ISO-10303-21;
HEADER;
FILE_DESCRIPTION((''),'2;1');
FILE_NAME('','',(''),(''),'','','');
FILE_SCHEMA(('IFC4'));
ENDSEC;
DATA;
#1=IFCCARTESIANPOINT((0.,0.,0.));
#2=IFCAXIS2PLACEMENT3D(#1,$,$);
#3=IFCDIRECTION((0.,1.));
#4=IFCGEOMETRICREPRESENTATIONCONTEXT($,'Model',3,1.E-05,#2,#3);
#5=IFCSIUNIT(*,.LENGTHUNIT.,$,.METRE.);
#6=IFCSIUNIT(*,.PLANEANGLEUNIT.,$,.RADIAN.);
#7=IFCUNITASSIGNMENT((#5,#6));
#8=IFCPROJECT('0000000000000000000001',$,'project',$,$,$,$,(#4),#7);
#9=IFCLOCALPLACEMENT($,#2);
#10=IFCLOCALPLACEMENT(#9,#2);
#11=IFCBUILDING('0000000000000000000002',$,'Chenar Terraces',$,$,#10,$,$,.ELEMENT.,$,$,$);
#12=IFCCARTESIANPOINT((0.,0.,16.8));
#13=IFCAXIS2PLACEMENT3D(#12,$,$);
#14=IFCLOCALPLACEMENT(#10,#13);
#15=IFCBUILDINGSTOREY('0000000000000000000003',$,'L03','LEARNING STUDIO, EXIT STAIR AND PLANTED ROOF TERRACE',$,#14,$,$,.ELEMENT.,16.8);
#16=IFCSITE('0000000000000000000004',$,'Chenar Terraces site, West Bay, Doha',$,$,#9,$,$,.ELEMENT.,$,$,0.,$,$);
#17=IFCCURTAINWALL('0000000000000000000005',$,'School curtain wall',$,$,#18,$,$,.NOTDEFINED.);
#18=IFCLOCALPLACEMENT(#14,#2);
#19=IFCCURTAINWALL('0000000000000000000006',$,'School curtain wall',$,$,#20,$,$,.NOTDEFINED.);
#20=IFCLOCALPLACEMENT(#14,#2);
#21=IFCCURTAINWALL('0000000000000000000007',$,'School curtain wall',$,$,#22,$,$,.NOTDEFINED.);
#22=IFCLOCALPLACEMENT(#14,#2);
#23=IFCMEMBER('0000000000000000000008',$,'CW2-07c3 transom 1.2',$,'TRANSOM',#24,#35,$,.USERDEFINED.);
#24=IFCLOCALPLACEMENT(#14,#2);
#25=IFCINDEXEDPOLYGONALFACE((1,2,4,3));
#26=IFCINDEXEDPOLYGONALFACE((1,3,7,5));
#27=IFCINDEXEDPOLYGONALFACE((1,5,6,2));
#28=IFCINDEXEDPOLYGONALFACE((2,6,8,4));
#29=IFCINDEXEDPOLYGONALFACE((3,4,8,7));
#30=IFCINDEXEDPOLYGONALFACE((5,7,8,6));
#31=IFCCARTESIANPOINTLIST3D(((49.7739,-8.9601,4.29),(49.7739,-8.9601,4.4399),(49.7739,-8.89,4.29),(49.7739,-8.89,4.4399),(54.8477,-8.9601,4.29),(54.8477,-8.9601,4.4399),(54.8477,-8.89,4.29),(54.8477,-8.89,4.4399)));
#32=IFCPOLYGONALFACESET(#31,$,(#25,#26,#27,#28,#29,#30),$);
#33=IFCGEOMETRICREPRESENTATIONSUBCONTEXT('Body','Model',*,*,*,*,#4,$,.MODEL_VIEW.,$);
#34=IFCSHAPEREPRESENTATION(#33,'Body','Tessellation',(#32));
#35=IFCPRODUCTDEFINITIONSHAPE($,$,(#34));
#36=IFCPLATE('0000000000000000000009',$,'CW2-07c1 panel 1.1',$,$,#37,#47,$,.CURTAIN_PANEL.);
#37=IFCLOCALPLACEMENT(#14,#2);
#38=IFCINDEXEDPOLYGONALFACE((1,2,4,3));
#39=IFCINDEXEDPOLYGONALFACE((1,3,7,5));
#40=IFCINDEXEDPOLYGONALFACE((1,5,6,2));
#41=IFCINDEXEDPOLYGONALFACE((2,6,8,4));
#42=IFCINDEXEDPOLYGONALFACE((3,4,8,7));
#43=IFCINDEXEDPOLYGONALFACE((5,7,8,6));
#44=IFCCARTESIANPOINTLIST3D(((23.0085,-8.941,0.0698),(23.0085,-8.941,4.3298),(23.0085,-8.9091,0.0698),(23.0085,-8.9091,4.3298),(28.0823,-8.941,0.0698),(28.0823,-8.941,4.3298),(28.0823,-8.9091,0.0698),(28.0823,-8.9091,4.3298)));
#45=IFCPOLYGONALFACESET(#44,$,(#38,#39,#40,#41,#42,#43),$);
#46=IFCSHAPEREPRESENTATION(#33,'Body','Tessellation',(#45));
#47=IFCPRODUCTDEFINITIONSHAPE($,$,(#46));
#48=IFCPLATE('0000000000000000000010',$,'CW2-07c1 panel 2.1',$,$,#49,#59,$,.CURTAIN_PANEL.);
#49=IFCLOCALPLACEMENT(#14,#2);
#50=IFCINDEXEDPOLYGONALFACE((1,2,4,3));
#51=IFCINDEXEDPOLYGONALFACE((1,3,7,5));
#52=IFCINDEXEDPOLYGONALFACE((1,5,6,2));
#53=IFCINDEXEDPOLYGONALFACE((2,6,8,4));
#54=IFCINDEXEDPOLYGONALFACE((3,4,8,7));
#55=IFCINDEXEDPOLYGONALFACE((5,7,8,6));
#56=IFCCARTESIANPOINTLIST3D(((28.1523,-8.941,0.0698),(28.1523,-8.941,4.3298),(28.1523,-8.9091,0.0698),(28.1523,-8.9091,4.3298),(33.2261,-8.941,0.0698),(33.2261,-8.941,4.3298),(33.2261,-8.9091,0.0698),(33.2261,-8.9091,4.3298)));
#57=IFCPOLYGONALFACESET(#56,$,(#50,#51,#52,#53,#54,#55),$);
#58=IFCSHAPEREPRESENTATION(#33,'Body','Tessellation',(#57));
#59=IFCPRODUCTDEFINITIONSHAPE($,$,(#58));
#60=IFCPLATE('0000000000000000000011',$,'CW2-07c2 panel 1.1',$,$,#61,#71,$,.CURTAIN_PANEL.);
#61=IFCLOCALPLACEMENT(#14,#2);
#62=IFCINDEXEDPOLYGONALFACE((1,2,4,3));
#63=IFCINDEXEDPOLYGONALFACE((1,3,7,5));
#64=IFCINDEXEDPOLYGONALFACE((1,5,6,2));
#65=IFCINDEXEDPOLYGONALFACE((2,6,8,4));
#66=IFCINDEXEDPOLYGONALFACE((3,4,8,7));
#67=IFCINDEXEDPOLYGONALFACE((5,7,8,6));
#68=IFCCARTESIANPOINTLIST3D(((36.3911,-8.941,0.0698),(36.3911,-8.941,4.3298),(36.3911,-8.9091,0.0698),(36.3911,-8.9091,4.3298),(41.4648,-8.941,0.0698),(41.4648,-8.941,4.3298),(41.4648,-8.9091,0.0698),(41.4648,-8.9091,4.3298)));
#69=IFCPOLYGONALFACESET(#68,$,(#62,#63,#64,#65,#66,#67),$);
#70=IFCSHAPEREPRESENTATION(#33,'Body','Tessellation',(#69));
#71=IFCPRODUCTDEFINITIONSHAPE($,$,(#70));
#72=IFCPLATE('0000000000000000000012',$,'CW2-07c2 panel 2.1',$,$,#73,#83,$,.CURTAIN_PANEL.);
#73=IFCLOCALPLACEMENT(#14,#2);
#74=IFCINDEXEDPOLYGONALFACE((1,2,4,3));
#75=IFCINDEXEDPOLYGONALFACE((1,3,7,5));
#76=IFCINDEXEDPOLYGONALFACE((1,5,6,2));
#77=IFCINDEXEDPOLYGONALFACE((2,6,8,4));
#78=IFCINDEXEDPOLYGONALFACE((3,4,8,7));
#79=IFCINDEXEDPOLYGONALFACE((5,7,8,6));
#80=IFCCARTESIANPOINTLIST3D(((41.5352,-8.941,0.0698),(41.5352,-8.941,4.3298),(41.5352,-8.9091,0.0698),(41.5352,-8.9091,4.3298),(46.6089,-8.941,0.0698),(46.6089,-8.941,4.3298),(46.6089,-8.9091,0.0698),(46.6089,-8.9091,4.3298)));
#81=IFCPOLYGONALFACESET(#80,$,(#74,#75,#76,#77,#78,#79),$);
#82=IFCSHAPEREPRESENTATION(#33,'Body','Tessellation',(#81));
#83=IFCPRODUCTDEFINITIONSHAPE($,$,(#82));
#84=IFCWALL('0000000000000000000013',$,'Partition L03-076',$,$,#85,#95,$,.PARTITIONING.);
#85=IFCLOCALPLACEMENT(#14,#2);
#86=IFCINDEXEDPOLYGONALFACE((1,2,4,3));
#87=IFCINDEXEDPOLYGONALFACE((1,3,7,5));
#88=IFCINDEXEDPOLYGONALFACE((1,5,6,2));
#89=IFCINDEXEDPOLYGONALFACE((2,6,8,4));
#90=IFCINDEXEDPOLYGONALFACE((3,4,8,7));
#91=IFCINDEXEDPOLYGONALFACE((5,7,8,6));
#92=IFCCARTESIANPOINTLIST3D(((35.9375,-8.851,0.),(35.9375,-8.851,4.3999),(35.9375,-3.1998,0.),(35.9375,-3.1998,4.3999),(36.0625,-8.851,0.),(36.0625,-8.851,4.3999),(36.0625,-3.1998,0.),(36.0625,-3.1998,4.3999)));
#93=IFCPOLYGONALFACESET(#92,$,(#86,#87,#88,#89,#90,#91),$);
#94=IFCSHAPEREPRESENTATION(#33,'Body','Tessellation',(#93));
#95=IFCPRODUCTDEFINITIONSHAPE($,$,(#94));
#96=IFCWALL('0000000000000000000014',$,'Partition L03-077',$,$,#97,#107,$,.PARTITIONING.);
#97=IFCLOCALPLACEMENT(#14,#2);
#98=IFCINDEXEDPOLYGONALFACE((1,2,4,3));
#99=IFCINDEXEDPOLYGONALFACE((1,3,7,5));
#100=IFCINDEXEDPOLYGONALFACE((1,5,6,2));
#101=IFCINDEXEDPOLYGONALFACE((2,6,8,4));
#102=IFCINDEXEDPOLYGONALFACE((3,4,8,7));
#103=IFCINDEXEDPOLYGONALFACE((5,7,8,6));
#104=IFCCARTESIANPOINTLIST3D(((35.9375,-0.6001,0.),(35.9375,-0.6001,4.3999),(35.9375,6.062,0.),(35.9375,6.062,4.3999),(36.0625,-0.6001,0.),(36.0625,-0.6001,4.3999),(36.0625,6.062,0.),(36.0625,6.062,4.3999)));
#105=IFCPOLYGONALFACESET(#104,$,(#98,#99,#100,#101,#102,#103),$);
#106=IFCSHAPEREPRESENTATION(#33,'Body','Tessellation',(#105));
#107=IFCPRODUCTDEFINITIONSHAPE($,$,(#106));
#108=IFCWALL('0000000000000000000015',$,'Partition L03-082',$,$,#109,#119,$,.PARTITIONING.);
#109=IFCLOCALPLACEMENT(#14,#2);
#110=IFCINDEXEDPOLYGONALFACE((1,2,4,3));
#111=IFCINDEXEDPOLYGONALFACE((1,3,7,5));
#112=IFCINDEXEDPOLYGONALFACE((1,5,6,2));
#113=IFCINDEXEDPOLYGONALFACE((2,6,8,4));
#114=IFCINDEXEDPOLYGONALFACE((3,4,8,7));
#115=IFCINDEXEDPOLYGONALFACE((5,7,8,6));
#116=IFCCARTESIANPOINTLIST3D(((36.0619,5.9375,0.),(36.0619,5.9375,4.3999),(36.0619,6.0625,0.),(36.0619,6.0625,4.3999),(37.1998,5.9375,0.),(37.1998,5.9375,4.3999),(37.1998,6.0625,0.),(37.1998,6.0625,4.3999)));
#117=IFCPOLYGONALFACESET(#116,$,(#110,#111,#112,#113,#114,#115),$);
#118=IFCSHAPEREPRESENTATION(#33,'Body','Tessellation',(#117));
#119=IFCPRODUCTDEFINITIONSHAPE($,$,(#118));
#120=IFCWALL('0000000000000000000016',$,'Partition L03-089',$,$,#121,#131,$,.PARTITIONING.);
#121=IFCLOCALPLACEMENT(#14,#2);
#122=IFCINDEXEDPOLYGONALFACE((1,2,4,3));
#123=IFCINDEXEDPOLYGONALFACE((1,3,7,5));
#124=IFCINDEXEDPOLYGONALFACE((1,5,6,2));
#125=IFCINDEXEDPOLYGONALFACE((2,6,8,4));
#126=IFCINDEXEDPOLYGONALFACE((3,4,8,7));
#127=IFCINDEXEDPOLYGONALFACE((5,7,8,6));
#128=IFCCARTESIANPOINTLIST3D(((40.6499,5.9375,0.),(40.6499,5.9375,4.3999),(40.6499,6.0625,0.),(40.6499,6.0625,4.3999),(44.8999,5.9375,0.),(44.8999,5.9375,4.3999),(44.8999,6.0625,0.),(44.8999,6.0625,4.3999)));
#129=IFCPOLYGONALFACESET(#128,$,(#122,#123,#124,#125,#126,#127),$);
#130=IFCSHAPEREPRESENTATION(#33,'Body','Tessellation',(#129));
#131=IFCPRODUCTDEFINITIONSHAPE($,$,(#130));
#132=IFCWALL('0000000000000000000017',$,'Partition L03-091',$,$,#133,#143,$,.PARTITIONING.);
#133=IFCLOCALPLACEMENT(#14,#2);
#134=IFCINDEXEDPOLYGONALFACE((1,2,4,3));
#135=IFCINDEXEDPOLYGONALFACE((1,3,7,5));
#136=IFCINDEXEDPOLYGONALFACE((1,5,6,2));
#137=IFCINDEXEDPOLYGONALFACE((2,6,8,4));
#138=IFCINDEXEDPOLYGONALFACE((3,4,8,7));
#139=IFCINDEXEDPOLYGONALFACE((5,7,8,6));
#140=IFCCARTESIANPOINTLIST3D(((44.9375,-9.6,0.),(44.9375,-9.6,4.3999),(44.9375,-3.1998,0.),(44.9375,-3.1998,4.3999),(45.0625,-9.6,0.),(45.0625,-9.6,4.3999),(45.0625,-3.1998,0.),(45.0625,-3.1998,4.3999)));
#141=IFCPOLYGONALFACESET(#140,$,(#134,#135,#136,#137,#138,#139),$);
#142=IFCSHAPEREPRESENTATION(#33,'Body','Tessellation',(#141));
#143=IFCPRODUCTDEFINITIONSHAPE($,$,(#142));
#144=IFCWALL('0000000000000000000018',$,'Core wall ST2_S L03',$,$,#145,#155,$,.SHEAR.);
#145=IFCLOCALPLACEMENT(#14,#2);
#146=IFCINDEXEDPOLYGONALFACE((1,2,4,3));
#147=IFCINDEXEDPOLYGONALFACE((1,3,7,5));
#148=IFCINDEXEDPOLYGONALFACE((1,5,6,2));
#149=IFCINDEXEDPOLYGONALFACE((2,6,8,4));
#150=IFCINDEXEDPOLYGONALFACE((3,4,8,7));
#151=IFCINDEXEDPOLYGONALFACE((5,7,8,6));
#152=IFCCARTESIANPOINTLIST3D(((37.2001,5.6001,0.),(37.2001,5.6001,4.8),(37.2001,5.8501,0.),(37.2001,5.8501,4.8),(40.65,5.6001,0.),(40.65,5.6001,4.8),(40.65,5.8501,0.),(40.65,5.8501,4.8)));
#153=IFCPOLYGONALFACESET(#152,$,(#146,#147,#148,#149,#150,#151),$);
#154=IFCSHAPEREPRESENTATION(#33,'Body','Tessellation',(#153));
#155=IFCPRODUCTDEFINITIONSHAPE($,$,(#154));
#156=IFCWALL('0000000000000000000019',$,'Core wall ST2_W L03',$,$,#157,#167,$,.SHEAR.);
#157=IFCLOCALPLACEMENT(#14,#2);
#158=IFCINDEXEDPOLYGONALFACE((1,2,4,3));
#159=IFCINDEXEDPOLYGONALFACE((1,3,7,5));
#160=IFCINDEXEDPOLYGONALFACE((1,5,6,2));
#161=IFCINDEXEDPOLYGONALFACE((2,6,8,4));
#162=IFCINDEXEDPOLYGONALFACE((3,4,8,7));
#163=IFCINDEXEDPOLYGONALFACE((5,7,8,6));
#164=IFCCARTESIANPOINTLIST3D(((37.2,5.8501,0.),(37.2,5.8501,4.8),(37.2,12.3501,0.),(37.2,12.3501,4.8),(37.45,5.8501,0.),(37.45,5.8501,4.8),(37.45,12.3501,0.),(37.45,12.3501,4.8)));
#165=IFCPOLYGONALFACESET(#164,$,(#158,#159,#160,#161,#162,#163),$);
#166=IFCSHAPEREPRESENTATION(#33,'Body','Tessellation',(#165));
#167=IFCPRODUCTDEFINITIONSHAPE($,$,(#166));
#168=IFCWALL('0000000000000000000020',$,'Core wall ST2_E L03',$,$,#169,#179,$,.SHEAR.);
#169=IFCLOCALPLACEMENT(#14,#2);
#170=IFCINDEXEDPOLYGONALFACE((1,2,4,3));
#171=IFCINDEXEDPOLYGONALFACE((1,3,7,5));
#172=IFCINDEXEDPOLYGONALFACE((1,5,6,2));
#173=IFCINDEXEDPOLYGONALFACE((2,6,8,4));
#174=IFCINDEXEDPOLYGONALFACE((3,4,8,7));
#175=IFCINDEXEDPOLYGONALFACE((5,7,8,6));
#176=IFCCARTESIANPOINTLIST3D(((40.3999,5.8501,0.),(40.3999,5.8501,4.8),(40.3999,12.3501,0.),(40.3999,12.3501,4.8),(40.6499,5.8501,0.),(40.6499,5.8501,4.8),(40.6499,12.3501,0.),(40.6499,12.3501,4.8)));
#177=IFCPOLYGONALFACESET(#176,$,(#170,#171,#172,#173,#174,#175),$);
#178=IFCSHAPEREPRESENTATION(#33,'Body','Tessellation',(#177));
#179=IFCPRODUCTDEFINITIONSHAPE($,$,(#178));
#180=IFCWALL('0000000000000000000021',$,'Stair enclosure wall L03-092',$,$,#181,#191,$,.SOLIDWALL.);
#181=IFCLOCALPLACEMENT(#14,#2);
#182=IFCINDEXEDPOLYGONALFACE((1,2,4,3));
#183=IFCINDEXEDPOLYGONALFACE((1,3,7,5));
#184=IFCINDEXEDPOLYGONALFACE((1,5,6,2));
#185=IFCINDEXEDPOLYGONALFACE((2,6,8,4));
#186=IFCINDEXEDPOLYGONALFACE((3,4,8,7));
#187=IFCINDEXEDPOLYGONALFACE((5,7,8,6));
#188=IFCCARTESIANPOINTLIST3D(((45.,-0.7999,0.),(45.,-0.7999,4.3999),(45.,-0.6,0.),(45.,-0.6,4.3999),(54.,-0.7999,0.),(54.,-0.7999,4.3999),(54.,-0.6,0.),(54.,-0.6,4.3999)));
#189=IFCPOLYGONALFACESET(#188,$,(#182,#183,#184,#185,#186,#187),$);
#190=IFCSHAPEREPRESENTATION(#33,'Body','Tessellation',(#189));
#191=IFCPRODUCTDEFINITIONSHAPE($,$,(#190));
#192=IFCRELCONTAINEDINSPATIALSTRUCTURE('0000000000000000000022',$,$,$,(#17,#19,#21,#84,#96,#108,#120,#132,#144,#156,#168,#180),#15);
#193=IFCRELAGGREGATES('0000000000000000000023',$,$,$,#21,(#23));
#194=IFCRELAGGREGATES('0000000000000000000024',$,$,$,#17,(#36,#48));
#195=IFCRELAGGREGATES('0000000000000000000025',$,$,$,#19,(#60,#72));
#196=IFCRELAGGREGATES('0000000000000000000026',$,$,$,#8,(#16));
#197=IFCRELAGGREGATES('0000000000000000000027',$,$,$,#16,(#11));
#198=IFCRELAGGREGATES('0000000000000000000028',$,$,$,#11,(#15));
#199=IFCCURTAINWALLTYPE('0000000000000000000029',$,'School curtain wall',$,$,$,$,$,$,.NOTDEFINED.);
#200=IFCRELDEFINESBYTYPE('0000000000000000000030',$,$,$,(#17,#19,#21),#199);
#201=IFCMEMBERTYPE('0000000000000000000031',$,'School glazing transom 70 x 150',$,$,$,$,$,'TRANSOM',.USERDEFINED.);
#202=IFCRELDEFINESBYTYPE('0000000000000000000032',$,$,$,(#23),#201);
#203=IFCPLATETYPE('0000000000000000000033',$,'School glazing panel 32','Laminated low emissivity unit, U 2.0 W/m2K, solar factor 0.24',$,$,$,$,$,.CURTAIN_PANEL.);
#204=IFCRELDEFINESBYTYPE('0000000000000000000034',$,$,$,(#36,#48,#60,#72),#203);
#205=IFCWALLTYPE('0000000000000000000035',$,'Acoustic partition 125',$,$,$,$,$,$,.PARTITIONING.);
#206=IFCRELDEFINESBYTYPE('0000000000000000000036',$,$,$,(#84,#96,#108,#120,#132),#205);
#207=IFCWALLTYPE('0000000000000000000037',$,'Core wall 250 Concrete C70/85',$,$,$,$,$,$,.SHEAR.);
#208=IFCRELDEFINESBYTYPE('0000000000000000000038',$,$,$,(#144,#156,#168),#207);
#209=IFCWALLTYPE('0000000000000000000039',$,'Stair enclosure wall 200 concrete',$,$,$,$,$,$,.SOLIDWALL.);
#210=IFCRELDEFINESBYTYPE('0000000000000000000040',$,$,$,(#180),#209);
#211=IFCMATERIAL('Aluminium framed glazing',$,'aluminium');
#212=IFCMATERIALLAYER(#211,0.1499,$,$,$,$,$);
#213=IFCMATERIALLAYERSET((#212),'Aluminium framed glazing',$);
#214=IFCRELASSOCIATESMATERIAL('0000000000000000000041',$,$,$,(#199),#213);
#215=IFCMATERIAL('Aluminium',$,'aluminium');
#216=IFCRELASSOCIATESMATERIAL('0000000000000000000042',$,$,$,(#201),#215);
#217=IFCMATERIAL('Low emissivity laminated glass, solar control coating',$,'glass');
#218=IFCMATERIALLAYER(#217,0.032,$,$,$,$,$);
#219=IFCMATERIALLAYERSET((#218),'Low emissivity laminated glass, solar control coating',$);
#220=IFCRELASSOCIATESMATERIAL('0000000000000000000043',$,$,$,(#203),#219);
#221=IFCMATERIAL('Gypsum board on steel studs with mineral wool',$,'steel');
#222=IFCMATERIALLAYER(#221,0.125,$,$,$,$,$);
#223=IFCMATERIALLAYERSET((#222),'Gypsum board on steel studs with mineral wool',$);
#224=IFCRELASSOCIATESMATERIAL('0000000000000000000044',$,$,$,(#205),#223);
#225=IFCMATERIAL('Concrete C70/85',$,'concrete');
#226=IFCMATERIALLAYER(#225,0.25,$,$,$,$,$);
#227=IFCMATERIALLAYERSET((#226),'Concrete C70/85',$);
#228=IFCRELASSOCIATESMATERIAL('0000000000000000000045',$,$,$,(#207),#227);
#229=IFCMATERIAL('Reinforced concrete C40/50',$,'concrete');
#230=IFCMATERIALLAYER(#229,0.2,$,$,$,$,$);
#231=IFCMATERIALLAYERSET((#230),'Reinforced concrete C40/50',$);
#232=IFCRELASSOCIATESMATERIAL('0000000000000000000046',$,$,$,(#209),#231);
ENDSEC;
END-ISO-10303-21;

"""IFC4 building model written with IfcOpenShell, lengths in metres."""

from ifc_helpers import new_model, si_unit, direction, frame, frame_2d, origin, origin_2d, place, context, subcontext, project, spatial, rectangle, extrude, material, layer, layer_set, material_profile, profile_set, type_object, element, aggregate, save


model = new_model("IFC4")

# Units and contexts
model_context = context("Model", 3, precision=1e-05, world=origin(), true_north=direction((0.0, 1.0)))
body_context = subcontext(model_context, "Body", "Model", "MODEL_VIEW")
ifc_project = project(units=[si_unit("LENGTHUNIT", "METRE"), si_unit("PLANEANGLEUNIT", "RADIAN")], contexts=[model_context])

# Site, building, storey
site_placement = place(None, origin())
site = spatial("IfcSite", under=ifc_project, at=site_placement, Name="Chenar Terraces site, West Bay, Doha", CompositionType="ELEMENT", RefElevation=0.0)
building_placement = place(site_placement, origin())
building = spatial("IfcBuilding", under=site, at=building_placement, Name="Chenar Terraces", CompositionType="ELEMENT")
storey_placement = place(building_placement, frame((0.0, 0.0, 16.8)))
storey = spatial("IfcBuildingStorey", under=building, at=storey_placement, Name="L03", Description="LEARNING STUDIO, EXIT STAIR AND PLANTED ROOF TERRACE", CompositionType="ELEMENT", Elevation=16.8)

# Curtain walls
ifc_material_1 = material(Name="Aluminium framed glazing", Category="aluminium")
ifc_layer_1 = layer(ifc_material_1, 0.1499)
ifc_layer_set_1 = layer_set([ifc_layer_1], Name="Aluminium framed glazing")
curtain_wall_type = type_object("IfcCurtainWallType", Name="School curtain wall", PredefinedType="NOTDEFINED", material=ifc_layer_set_1)
placement = place(storey_placement, origin())
curtain_wall_1 = element("IfcCurtainWall", 1, at=placement, inside=storey, type_object=curtain_wall_type, Name="School curtain wall", PredefinedType="NOTDEFINED")
curtain_wall_2 = element("IfcCurtainWall", 2, at=placement, inside=storey, type_object=curtain_wall_type, Name="School curtain wall", PredefinedType="NOTDEFINED")

# Curtain wall
curtain_wall_3 = element("IfcCurtainWall", 3, at=placement, inside=storey, type_object=curtain_wall_type, Name="School curtain wall", PredefinedType="NOTDEFINED")

# Member
ifc_material_2 = material(Name="Aluminium", Category="aluminium")
ifc_material_profile_1 = material_profile(ifc_material_2, rectangle(XDim=0.0701, YDim=0.1499, at=origin_2d()), Name="School glazing transom 70 x 150")
ifc_profile_set_1 = profile_set([ifc_material_profile_1], Name="Aluminium")
member_type_1 = type_object("IfcMemberType", Name="School glazing transom 70 x 150", ElementType="TRANSOM", PredefinedType="USERDEFINED", material=ifc_profile_set_1)
member_1_placement = place(storey_placement, frame((49.7739, -8.925, 4.365), z_axis=(1.0, 0.0, 0.0), x_axis=(0.0, 1.0, 0.0)))
member_1 = element("IfcMember", 4, at=member_1_placement, type_object=member_type_1, Name="CW2-07c3 transom 1.2", ObjectType="TRANSOM", PredefinedType="USERDEFINED", context=body_context, shape_type="SweptSolid", body=[
    extrude(rectangle(XDim=0.0701, YDim=0.1499, at=origin_2d()), origin(), (0.0, 0.0, 1.0), 5.0737),
])
aggregate(curtain_wall_3, [member_1])

# Plates
ifc_material_3 = material(Name="Low emissivity laminated glass, solar control coating", Category="glass")
ifc_layer_2 = layer(ifc_material_3, 0.032)
ifc_layer_set_2 = layer_set([ifc_layer_2], Name="Low emissivity laminated glass, solar control coating")
plate_type = type_object("IfcPlateType", Name="School glazing panel 32", Description="Laminated low emissivity unit, U 2.0 W/m2K, solar factor 0.24", PredefinedType="CURTAIN_PANEL", material=ifc_layer_set_2)
plate_1_placement = place(storey_placement, frame((25.5454, -8.925, 0.0698), z_axis=(0.0, 0.0, 1.0), x_axis=(1.0, 0.0, 0.0)))
plate_1 = element("IfcPlate", 5, at=plate_1_placement, type_object=plate_type, Name="CW2-07c1 panel 1.1", PredefinedType="CURTAIN_PANEL", context=body_context, shape_type="SweptSolid", body=[
    extrude(rectangle(XDim=5.0737, YDim=0.032, at=origin_2d()), origin(), (0.0, 0.0, 1.0), 4.26),
])
plate_2_placement = place(storey_placement, frame((30.6892, -8.925, 0.0698), z_axis=(0.0, 0.0, 1.0), x_axis=(1.0, 0.0, 0.0)))
plate_2 = element("IfcPlate", 6, at=plate_2_placement, type_object=plate_type, Name="CW2-07c1 panel 2.1", PredefinedType="CURTAIN_PANEL", context=body_context, shape_type="SweptSolid", body=[
    extrude(rectangle(XDim=5.0737, YDim=0.032, at=origin_2d()), origin(), (0.0, 0.0, 1.0), 4.26),
])
aggregate(curtain_wall_1, [plate_1, plate_2])
plate_3_placement = place(storey_placement, frame((38.928, -8.925, 0.0698), z_axis=(0.0, 0.0, 1.0), x_axis=(1.0, 0.0, 0.0)))
plate_3 = element("IfcPlate", 7, at=plate_3_placement, type_object=plate_type, Name="CW2-07c2 panel 1.1", PredefinedType="CURTAIN_PANEL", context=body_context, shape_type="SweptSolid", body=[
    extrude(rectangle(XDim=5.0737, YDim=0.032, at=origin_2d()), origin(), (0.0, 0.0, 1.0), 4.26),
])
plate_4_placement = place(storey_placement, frame((44.072, -8.925, 0.0698), z_axis=(0.0, 0.0, 1.0), x_axis=(1.0, 0.0, 0.0)))
plate_4 = element("IfcPlate", 8, at=plate_4_placement, type_object=plate_type, Name="CW2-07c2 panel 2.1", PredefinedType="CURTAIN_PANEL", context=body_context, shape_type="SweptSolid", body=[
    extrude(rectangle(XDim=5.0737, YDim=0.032, at=origin_2d()), origin(), (0.0, 0.0, 1.0), 4.26),
])
aggregate(curtain_wall_2, [plate_3, plate_4])

# Walls
ifc_material_4 = material(Name="Gypsum board on steel studs with mineral wool", Category="steel")
ifc_layer_3 = layer(ifc_material_4, 0.125)
ifc_layer_set_3 = layer_set([ifc_layer_3], Name="Gypsum board on steel studs with mineral wool")
wall_type_1 = type_object("IfcWallType", Name="Acoustic partition 125", PredefinedType="PARTITIONING", material=ifc_layer_set_3)
wall_1_placement = place(storey_placement, frame((36.0, -8.8511, 0.0), z_axis=(0.0, 0.0, 1.0), x_axis=(0.0, 1.0, 0.0)))
element("IfcWall", 9, at=wall_1_placement, inside=storey, type_object=wall_type_1, Name="Partition L03-076", PredefinedType="PARTITIONING", context=body_context, shape_type="SweptSolid", body=[
    extrude(rectangle(XDim=5.6511, YDim=0.125, at=frame_2d((2.8257, 0.0))), origin(), (0.0, 0.0, 1.0), 4.3999),
])
wall_2_placement = place(storey_placement, frame((36.0, -0.6001, 0.0), z_axis=(0.0, 0.0, 1.0), x_axis=(0.0, 1.0, 0.0)))
element("IfcWall", 10, at=wall_2_placement, inside=storey, type_object=wall_type_1, Name="Partition L03-077", PredefinedType="PARTITIONING", context=body_context, shape_type="SweptSolid", body=[
    extrude(rectangle(XDim=6.6621, YDim=0.125, at=frame_2d((3.3311, 0.0))), origin(), (0.0, 0.0, 1.0), 4.3999),
])
wall_3_placement = place(storey_placement, frame((36.062, 6.0, 0.0), z_axis=(0.0, 0.0, 1.0), x_axis=(1.0, 0.0, 0.0)))
element("IfcWall", 11, at=wall_3_placement, inside=storey, type_object=wall_type_1, Name="Partition L03-082", PredefinedType="PARTITIONING", context=body_context, shape_type="SweptSolid", body=[
    extrude(rectangle(XDim=1.1379, YDim=0.125, at=frame_2d((0.5688, 0.0))), origin(), (0.0, 0.0, 1.0), 4.3999),
])
wall_4_placement = place(storey_placement, frame((40.6499, 6.0, 0.0), z_axis=(0.0, 0.0, 1.0), x_axis=(1.0, 0.0, 0.0)))
element("IfcWall", 12, at=wall_4_placement, inside=storey, type_object=wall_type_1, Name="Partition L03-089", PredefinedType="PARTITIONING", context=body_context, shape_type="SweptSolid", body=[
    extrude(rectangle(XDim=4.25, YDim=0.125, at=frame_2d((2.125, 0.0))), origin(), (0.0, 0.0, 1.0), 4.3999),
])
wall_5_placement = place(storey_placement, frame((45.0, -9.6001, 0.0), z_axis=(0.0, 0.0, 1.0), x_axis=(0.0, 1.0, 0.0)))
element("IfcWall", 13, at=wall_5_placement, inside=storey, type_object=wall_type_1, Name="Partition L03-091", PredefinedType="PARTITIONING", context=body_context, shape_type="SweptSolid", body=[
    extrude(rectangle(XDim=6.4001, YDim=0.125, at=frame_2d((3.2002, 0.0))), origin(), (0.0, 0.0, 1.0), 4.3999),
])
ifc_material_5 = material(Name="Concrete C70/85", Category="concrete")
ifc_layer_4 = layer(ifc_material_5, 0.25)
ifc_layer_set_4 = layer_set([ifc_layer_4], Name="Concrete C70/85")
wall_type_2 = type_object("IfcWallType", Name="Core wall 250 Concrete C70/85", PredefinedType="SHEAR", material=ifc_layer_set_4)
wall_6_placement = place(storey_placement, frame((37.2, 5.7251, 0.0), z_axis=(0.0, 0.0, 1.0), x_axis=(1.0, 0.0, 0.0)))
element("IfcWall", 14, at=wall_6_placement, inside=storey, type_object=wall_type_2, Name="Core wall ST2_S L03", PredefinedType="SHEAR", context=body_context, shape_type="SweptSolid", body=[
    extrude(rectangle(XDim=3.45, YDim=0.25, at=frame_2d((1.7251, 0.0))), origin(), (0.0, 0.0, 1.0), 4.8),
])
for number, where, z_axis, x_axis, name in (
    (15, (37.325, 5.8501, 0.0), (0.0, 0.0, 1.0), (0.0, 1.0, 0.0), "Core wall ST2_W L03"),
    (16, (40.5249, 5.8501, 0.0), (0.0, 0.0, 1.0), (0.0, 1.0, 0.0), "Core wall ST2_E L03"),
):
    element("IfcWall", number, at=place(storey_placement, frame(where, z_axis=z_axis, x_axis=x_axis)), inside=storey, type_object=wall_type_2, Name=name, PredefinedType="SHEAR", context=body_context, shape_type="SweptSolid", body=[
        extrude(rectangle(XDim=6.5, YDim=0.25, at=frame_2d((3.25, 0.0))), origin(), (0.0, 0.0, 1.0), 4.8),
    ])

# Wall
ifc_material_6 = material(Name="Reinforced concrete C40/50", Category="concrete")
ifc_layer_5 = layer(ifc_material_6, 0.2)
ifc_layer_set_5 = layer_set([ifc_layer_5], Name="Reinforced concrete C40/50")
wall_type_3 = type_object("IfcWallType", Name="Stair enclosure wall 200 concrete", PredefinedType="SOLIDWALL", material=ifc_layer_set_5)
wall_7_placement = place(storey_placement, frame((45.0, -0.7, 0.0), z_axis=(0.0, 0.0, 1.0), x_axis=(1.0, 0.0, 0.0)))
element("IfcWall", 17, at=wall_7_placement, inside=storey, type_object=wall_type_3, Name="Stair enclosure wall L03-092", PredefinedType="SOLIDWALL", context=body_context, shape_type="SweptSolid", body=[
    extrude(rectangle(XDim=9.0, YDim=0.2, at=frame_2d((4.5, 0.0))), origin(), (0.0, 0.0, 1.0), 4.3999),
])

save(model, "model.ifc")
